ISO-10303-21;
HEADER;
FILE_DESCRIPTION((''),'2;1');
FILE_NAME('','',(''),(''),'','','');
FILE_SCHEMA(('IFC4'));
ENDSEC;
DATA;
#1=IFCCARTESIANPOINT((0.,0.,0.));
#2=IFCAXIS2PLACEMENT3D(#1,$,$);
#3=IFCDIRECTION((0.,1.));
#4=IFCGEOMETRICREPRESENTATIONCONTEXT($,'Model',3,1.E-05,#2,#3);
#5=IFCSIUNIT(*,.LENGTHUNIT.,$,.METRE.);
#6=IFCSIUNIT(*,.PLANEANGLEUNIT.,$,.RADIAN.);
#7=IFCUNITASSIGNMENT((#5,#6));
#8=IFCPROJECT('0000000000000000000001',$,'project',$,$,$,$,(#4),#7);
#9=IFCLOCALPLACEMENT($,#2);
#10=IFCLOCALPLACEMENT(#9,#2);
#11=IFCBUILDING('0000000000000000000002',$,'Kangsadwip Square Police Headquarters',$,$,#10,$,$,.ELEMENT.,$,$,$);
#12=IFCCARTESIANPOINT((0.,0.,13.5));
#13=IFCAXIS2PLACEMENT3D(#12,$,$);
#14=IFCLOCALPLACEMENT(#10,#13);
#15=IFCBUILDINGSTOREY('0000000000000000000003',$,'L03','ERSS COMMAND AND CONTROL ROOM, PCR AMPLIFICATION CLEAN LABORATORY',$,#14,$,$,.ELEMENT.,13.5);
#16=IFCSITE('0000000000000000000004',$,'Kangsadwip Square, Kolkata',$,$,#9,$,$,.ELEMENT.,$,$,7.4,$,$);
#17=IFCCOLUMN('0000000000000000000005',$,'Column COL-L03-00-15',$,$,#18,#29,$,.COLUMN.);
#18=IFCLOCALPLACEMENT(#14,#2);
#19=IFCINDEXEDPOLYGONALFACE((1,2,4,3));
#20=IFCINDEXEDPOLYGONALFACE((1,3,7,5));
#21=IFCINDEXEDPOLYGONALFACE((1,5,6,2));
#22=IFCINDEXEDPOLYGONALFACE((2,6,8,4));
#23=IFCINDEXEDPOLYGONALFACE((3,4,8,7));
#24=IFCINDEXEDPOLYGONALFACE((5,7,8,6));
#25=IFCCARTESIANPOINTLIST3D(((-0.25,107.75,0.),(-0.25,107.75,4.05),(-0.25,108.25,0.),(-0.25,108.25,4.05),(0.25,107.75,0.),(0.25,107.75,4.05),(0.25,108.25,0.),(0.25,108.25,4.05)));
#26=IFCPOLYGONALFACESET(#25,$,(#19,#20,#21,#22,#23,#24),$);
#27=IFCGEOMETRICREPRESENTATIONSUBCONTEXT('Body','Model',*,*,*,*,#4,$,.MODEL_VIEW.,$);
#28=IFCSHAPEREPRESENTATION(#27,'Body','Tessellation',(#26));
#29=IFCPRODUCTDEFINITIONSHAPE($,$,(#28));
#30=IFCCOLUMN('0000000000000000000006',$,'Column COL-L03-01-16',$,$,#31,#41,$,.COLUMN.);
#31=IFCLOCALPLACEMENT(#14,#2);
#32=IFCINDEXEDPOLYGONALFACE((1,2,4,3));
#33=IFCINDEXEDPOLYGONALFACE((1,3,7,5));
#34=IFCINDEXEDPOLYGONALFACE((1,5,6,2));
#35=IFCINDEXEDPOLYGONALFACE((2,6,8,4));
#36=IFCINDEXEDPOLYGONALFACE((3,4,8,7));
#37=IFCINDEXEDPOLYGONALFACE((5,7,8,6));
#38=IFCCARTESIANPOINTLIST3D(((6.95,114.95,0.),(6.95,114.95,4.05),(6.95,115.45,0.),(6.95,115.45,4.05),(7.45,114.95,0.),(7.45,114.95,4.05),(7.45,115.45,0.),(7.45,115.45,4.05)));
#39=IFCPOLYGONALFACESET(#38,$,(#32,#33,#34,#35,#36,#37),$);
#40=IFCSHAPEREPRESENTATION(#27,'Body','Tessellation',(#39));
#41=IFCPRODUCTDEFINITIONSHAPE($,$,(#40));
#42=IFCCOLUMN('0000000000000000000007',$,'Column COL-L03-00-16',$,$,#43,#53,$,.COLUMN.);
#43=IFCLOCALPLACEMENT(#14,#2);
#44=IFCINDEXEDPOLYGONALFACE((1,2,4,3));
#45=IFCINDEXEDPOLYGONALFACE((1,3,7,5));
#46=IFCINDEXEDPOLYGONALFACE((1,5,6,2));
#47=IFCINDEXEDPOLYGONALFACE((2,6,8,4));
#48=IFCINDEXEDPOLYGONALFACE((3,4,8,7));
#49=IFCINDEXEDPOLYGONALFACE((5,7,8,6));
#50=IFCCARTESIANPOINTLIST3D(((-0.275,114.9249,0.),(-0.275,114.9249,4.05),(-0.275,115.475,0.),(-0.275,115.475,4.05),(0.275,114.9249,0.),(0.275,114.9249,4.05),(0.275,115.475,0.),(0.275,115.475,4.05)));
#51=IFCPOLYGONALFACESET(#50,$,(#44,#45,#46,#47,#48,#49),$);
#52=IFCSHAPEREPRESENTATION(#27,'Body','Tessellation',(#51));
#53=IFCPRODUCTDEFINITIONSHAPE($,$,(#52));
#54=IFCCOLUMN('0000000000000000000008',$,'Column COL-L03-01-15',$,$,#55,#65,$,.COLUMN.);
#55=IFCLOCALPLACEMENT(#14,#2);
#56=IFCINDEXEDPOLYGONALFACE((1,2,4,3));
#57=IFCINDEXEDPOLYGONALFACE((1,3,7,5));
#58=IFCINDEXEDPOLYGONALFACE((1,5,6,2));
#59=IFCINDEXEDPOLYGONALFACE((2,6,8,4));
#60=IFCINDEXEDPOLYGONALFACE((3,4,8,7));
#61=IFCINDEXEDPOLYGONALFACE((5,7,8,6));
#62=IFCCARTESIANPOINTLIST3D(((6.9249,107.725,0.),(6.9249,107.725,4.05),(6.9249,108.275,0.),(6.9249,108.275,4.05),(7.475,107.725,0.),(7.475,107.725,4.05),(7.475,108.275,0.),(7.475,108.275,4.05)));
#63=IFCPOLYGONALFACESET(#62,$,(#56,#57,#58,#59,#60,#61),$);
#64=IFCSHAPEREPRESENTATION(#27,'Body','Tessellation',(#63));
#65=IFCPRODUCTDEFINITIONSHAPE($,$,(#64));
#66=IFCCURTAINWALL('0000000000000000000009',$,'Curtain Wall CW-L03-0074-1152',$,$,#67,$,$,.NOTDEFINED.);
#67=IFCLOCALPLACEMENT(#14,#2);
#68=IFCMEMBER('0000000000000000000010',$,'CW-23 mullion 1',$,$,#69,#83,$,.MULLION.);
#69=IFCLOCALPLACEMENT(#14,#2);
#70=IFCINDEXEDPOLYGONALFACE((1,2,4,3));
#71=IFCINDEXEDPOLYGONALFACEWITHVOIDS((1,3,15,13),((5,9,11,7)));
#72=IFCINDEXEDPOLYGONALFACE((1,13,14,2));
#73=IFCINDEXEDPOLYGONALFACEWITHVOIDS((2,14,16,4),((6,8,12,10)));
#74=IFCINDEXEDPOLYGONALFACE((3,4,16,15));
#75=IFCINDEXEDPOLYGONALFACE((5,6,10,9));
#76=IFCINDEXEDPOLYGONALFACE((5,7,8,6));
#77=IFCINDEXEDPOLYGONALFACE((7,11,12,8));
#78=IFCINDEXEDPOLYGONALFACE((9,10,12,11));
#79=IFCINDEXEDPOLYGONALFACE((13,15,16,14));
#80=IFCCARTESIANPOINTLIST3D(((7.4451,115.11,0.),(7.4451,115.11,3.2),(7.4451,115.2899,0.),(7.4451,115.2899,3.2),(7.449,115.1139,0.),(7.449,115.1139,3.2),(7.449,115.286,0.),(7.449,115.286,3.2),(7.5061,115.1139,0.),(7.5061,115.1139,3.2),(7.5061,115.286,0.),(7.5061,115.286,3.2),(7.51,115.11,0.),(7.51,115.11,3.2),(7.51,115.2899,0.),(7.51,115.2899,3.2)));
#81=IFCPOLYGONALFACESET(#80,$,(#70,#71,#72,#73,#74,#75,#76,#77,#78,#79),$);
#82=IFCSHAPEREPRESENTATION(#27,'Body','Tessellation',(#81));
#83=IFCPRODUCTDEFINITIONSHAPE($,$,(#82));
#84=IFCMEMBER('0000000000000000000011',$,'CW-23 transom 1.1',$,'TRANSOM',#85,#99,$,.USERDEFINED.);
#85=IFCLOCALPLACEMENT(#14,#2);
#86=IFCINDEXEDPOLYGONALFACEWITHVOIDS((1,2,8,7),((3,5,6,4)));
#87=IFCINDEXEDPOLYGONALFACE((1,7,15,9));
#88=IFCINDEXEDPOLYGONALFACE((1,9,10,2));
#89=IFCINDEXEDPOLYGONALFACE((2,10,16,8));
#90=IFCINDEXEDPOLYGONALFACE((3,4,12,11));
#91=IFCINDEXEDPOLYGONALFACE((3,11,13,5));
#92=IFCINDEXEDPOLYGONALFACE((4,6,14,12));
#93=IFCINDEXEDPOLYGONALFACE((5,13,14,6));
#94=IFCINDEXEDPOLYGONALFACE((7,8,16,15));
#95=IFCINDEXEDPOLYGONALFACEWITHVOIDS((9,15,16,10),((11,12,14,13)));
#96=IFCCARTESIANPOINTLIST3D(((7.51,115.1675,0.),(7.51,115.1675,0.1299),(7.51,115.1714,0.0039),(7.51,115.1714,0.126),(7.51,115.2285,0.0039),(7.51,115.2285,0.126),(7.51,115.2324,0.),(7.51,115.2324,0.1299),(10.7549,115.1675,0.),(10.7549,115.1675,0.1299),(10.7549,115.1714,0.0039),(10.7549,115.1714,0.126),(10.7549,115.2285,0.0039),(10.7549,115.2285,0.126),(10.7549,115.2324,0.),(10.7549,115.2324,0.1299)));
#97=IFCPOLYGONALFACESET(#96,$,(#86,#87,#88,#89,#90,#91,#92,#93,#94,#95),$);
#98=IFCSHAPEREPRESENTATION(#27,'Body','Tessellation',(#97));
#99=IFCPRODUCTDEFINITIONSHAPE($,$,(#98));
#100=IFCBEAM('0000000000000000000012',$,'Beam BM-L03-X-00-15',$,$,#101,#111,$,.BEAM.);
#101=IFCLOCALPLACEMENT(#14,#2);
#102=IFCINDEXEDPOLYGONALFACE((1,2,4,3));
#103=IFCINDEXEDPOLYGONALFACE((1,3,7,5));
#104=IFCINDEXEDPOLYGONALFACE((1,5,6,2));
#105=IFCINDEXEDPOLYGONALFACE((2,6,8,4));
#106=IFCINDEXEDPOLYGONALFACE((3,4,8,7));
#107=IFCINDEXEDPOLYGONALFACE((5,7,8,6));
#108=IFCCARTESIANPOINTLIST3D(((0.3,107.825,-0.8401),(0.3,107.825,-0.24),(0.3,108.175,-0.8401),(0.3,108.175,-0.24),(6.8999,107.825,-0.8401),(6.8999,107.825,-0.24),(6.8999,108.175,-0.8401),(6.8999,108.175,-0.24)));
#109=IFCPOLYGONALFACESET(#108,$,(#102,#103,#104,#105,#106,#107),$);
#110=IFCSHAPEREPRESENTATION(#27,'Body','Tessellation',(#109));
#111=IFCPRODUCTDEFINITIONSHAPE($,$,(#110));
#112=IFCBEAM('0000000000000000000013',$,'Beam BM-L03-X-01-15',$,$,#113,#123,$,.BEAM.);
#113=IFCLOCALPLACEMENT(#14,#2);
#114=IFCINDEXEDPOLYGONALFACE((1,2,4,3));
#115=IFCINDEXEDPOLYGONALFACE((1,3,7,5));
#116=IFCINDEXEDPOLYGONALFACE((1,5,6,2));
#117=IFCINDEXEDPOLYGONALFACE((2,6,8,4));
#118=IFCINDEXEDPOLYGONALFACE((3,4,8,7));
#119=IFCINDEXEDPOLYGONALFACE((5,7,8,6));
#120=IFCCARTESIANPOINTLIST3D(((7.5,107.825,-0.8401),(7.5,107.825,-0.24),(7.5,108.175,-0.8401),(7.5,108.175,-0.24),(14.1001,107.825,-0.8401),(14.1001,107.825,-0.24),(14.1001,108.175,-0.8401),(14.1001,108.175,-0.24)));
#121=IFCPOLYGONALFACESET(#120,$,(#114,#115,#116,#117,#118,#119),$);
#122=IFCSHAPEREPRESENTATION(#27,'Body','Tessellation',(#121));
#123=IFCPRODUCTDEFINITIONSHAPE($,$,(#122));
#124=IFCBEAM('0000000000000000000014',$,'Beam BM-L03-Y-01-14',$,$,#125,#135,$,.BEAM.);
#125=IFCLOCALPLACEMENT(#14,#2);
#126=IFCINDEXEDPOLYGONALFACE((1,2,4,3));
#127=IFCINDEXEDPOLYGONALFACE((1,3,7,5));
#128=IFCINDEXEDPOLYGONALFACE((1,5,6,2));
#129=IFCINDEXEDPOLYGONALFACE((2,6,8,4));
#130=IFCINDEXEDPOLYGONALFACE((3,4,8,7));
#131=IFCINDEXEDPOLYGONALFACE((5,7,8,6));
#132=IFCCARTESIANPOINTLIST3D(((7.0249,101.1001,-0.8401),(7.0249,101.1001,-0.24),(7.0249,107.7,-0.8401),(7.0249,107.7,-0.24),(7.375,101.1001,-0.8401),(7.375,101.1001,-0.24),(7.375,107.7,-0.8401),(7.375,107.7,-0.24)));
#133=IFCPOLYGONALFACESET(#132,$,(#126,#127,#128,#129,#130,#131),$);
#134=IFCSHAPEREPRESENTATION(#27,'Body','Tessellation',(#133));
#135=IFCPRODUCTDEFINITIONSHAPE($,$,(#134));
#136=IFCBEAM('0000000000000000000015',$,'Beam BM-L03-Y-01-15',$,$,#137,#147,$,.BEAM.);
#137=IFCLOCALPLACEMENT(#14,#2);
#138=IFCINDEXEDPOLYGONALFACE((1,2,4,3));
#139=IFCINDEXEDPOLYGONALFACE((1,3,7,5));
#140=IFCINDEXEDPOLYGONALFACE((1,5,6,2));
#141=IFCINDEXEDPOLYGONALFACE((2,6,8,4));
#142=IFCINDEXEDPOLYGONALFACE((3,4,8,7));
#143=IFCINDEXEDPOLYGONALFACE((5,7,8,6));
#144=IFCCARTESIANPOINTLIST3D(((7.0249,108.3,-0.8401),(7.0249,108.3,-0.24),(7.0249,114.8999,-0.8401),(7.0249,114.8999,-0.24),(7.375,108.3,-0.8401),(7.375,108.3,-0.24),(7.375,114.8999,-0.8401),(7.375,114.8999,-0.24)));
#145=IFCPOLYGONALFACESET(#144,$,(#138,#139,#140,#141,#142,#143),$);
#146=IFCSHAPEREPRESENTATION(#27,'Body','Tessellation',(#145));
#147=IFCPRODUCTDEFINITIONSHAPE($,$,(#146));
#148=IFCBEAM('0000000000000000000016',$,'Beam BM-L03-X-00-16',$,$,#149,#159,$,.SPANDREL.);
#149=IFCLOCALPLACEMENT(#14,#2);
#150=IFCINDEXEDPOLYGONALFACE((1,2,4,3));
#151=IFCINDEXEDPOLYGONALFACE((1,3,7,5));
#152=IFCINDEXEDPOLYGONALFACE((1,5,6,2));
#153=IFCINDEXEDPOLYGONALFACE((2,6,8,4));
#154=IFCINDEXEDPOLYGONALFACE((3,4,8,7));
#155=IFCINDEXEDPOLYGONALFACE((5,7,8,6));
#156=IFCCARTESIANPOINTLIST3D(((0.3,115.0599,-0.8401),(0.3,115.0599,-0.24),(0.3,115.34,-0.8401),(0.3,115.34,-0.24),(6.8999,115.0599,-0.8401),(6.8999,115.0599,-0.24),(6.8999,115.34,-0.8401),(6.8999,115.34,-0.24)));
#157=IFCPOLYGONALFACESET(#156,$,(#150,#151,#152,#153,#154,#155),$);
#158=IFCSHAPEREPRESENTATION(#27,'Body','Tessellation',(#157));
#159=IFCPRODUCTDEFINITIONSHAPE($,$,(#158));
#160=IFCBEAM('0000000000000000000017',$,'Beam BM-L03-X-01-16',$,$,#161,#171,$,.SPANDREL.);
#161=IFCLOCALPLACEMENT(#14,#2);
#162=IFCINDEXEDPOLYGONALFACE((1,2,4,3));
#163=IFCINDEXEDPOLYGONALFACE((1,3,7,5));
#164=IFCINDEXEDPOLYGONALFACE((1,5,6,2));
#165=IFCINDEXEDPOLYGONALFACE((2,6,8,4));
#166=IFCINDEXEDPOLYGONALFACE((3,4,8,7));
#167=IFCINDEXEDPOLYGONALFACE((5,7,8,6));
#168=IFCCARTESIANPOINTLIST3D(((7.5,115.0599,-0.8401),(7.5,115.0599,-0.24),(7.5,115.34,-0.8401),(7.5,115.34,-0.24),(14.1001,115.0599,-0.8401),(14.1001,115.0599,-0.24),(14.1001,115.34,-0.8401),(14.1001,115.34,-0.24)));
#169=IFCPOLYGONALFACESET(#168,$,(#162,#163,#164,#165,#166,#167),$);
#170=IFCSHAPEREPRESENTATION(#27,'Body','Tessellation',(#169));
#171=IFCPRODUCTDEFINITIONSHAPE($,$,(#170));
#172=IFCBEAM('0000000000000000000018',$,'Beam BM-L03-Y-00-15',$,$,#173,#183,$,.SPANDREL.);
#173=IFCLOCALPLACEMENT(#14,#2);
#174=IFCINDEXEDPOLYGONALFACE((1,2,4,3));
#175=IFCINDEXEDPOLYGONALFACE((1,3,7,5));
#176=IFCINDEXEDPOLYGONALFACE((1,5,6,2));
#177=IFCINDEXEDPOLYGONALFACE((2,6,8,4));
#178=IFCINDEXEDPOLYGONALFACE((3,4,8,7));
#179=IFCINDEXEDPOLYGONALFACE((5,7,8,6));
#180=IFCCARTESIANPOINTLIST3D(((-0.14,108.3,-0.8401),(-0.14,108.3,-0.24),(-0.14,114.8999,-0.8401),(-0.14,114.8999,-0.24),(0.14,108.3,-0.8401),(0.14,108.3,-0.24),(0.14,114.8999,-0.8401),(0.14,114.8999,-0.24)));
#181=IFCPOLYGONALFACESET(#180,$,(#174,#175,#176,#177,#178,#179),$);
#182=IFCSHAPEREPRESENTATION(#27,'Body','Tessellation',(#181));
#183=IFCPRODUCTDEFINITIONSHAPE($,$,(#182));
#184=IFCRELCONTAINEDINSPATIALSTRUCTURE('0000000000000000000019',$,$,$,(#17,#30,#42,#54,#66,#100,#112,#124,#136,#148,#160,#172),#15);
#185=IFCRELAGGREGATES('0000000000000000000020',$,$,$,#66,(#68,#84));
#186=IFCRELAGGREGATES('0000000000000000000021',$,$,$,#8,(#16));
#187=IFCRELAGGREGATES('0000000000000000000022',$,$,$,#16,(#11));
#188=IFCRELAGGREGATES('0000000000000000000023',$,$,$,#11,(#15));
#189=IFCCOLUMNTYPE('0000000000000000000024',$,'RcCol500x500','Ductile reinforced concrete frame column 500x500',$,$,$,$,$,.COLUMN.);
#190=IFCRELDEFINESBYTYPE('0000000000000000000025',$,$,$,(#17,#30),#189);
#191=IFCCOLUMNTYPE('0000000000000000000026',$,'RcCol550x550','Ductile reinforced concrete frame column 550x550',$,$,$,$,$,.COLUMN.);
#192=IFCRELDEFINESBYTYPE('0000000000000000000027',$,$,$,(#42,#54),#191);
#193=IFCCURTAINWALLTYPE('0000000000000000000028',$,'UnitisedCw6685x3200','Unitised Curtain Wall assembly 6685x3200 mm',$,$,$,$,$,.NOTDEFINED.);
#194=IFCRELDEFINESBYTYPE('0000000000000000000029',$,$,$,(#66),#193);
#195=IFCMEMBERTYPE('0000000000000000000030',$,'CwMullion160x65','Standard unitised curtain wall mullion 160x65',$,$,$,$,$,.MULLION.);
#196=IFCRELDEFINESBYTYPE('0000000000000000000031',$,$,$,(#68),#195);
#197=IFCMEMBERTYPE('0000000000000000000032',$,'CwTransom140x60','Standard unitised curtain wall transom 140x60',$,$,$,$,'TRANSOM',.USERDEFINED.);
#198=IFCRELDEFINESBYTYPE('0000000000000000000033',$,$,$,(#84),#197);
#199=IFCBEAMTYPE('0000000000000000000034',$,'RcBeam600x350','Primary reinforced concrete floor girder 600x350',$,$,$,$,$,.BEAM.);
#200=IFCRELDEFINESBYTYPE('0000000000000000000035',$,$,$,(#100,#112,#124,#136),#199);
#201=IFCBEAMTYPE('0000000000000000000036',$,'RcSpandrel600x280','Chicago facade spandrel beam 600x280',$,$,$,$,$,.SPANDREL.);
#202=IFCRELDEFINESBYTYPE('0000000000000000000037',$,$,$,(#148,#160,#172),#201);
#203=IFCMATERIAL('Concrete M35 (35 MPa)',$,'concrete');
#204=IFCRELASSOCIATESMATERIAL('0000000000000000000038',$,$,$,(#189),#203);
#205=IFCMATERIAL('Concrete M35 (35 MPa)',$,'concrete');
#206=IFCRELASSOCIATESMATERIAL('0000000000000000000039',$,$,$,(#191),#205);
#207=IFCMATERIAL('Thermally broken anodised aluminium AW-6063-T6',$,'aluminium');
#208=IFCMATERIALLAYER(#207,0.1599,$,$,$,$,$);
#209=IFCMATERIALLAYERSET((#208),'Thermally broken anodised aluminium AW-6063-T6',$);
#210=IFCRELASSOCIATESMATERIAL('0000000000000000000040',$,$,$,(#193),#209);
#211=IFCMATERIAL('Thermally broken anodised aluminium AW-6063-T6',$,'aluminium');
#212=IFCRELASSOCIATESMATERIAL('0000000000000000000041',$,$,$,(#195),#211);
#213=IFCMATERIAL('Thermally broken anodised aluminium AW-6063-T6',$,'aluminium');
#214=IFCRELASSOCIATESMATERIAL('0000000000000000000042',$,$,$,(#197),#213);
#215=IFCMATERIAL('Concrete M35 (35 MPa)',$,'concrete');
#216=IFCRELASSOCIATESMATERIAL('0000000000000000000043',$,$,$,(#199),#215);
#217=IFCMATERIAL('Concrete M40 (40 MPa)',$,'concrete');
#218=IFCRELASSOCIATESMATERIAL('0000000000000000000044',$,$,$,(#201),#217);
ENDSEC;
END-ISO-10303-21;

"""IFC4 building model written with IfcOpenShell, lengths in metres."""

from ifc_helpers import new_model, si_unit, direction, frame, origin, origin_2d, place, context, subcontext, project, spatial, rectangle, hollow_rectangle, extrude, material, layer, layer_set, material_profile, profile_set, type_object, element, aggregate, save


model = new_model("IFC4")

# Units and contexts
model_context = context("Model", 3, precision=1e-05, world=origin(), true_north=direction((0.0, 1.0)))
body_context = subcontext(model_context, "Body", "Model", "MODEL_VIEW")
ifc_project = project(units=[si_unit("LENGTHUNIT", "METRE"), si_unit("PLANEANGLEUNIT", "RADIAN")], contexts=[model_context])

# Site, building, storey
site_placement = place(None, origin())
site = spatial("IfcSite", under=ifc_project, at=site_placement, Name="Kangsadwip Square, Kolkata", CompositionType="ELEMENT", RefElevation=7.4)
building_placement = place(site_placement, origin())
building = spatial("IfcBuilding", under=site, at=building_placement, Name="Kangsadwip Square Police Headquarters", CompositionType="ELEMENT")
storey_placement = place(building_placement, frame((0.0, 0.0, 13.5)))
storey = spatial("IfcBuildingStorey", under=building, at=storey_placement, Name="L03", Description="ERSS COMMAND AND CONTROL ROOM, PCR AMPLIFICATION CLEAN LABORATORY", CompositionType="ELEMENT", Elevation=13.5)

# Columns
ifc_material_1 = material(Name="Concrete M35 (35 MPa)", Category="concrete")
ifc_material_profile_1 = material_profile(ifc_material_1, rectangle(XDim=0.5, YDim=0.5, at=origin_2d()), Name="RC COL 500X500")
ifc_profile_set_1 = profile_set([ifc_material_profile_1], Name="Concrete M35 (35 MPa)")
column_type_1 = type_object("IfcColumnType", Name="RcCol500x500", Description="Ductile reinforced concrete frame column 500x500", PredefinedType="COLUMN", material=ifc_profile_set_1)
for number, where, z_axis, x_axis, name in (
    (1, (0.0, 108.0, 0.0), (0.0, 0.0, 1.0), (1.0, 0.0, 0.0), "Column COL-L03-00-15"),
    (2, (7.2, 115.2, 0.0), (0.0, 0.0, 1.0), (1.0, 0.0, 0.0), "Column COL-L03-01-16"),
):
    element("IfcColumn", number, at=place(storey_placement, frame(where, z_axis=z_axis, x_axis=x_axis)), inside=storey, type_object=column_type_1, Name=name, PredefinedType="COLUMN", context=body_context, shape_type="SweptSolid", body=[
        extrude(rectangle(XDim=0.5, YDim=0.5, at=origin_2d()), origin(), (0.0, 0.0, 1.0), 4.05),
    ])
ifc_material_2 = material(Name="Concrete M35 (35 MPa)", Category="concrete")
ifc_material_profile_2 = material_profile(ifc_material_2, rectangle(XDim=0.55, YDim=0.55, at=origin_2d()), Name="RC COL 550X550")
ifc_profile_set_2 = profile_set([ifc_material_profile_2], Name="Concrete M35 (35 MPa)")
column_type_2 = type_object("IfcColumnType", Name="RcCol550x550", Description="Ductile reinforced concrete frame column 550x550", PredefinedType="COLUMN", material=ifc_profile_set_2)
for number, where, z_axis, x_axis, name in (
    (3, (0.0, 115.2, 0.0), (0.0, 0.0, 1.0), (1.0, 0.0, 0.0), "Column COL-L03-00-16"),
    (4, (7.2, 108.0, 0.0), (0.0, 0.0, 1.0), (1.0, 0.0, 0.0), "Column COL-L03-01-15"),
):
    element("IfcColumn", number, at=place(storey_placement, frame(where, z_axis=z_axis, x_axis=x_axis)), inside=storey, type_object=column_type_2, Name=name, PredefinedType="COLUMN", context=body_context, shape_type="SweptSolid", body=[
        extrude(rectangle(XDim=0.55, YDim=0.55, at=origin_2d()), origin(), (0.0, 0.0, 1.0), 4.05),
    ])

# Curtain wall, members
ifc_material_3 = material(Name="Thermally broken anodised aluminium AW-6063-T6", Category="aluminium")
ifc_layer_1 = layer(ifc_material_3, 0.1599)
ifc_layer_set_1 = layer_set([ifc_layer_1], Name="Thermally broken anodised aluminium AW-6063-T6")
curtain_wall_type = type_object("IfcCurtainWallType", Name="UnitisedCw6685x3200", Description="Unitised Curtain Wall assembly 6685x3200 mm", PredefinedType="NOTDEFINED", material=ifc_layer_set_1)
curtain_wall_placement = place(storey_placement, origin())
curtain_wall = element("IfcCurtainWall", 5, at=curtain_wall_placement, inside=storey, type_object=curtain_wall_type, Name="Curtain Wall CW-L03-0074-1152", PredefinedType="NOTDEFINED")
ifc_material_4 = material(Name="Thermally broken anodised aluminium AW-6063-T6", Category="aluminium")
ifc_material_profile_3 = material_profile(ifc_material_4, hollow_rectangle(XDim=0.0649, YDim=0.1799, WallThickness=0.0039, at=origin_2d()), Name="CWM 180X65X4")
ifc_profile_set_3 = profile_set([ifc_material_profile_3], Name="Thermally broken anodised aluminium AW-6063-T6")
member_type_1 = type_object("IfcMemberType", Name="CwMullion160x65", Description="Standard unitised curtain wall mullion 160x65", PredefinedType="MULLION", material=ifc_profile_set_3)
member_1_placement = place(storey_placement, frame((7.4775, 115.2, 0.0), z_axis=(0.0, 0.0, 1.0), x_axis=(1.0, 0.0, 0.0)))
member_1 = element("IfcMember", 6, at=member_1_placement, type_object=member_type_1, Name="CW-23 mullion 1", PredefinedType="MULLION", context=body_context, shape_type="SweptSolid", body=[
    extrude(hollow_rectangle(XDim=0.0649, YDim=0.1799, WallThickness=0.0039, at=origin_2d()), origin(), (0.0, 0.0, 1.0), 3.2),
])
ifc_material_5 = material(Name="Thermally broken anodised aluminium AW-6063-T6", Category="aluminium")
ifc_material_profile_4 = material_profile(ifc_material_5, hollow_rectangle(XDim=0.0649, YDim=0.1299, WallThickness=0.0039, at=origin_2d()), Name="CWT 130X65X4")
ifc_profile_set_4 = profile_set([ifc_material_profile_4], Name="Thermally broken anodised aluminium AW-6063-T6")
member_type_2 = type_object("IfcMemberType", Name="CwTransom140x60", Description="Standard unitised curtain wall transom 140x60", ElementType="TRANSOM", PredefinedType="USERDEFINED", material=ifc_profile_set_4)
member_2_placement = place(storey_placement, frame((7.51, 115.2, 0.0649), z_axis=(1.0, 0.0, 0.0), x_axis=(0.0, 1.0, 0.0)))
member_2 = element("IfcMember", 7, at=member_2_placement, type_object=member_type_2, Name="CW-23 transom 1.1", ObjectType="TRANSOM", PredefinedType="USERDEFINED", context=body_context, shape_type="SweptSolid", body=[
    extrude(hollow_rectangle(XDim=0.0649, YDim=0.1299, WallThickness=0.0039, at=origin_2d()), origin(), (0.0, 0.0, 1.0), 3.2449),
])
aggregate(curtain_wall, [member_1, member_2])

# Beams
ifc_material_6 = material(Name="Concrete M35 (35 MPa)", Category="concrete")
ifc_material_profile_5 = material_profile(ifc_material_6, rectangle(XDim=0.3501, YDim=0.6001, at=origin_2d()), Name="RC BM 600X350")
ifc_profile_set_5 = profile_set([ifc_material_profile_5], Name="Concrete M35 (35 MPa)")
beam_type_1 = type_object("IfcBeamType", Name="RcBeam600x350", Description="Primary reinforced concrete floor girder 600x350", PredefinedType="BEAM", material=ifc_profile_set_5)
beam_1_placement = place(storey_placement, frame((0.3, 108.0, -0.54), z_axis=(1.0, 0.0, 0.0), x_axis=(0.0, 1.0, 0.0)))
element("IfcBeam", 8, at=beam_1_placement, inside=storey, type_object=beam_type_1, Name="Beam BM-L03-X-00-15", PredefinedType="BEAM", context=body_context, shape_type="SweptSolid", body=[
    extrude(rectangle(XDim=0.3501, YDim=0.6001, at=origin_2d()), origin(), (0.0, 0.0, 1.0), 6.5999),
])
beam_2_placement = place(storey_placement, frame((7.5, 108.0, -0.54), z_axis=(1.0, 0.0, 0.0), x_axis=(0.0, 1.0, 0.0)))
element("IfcBeam", 9, at=beam_2_placement, inside=storey, type_object=beam_type_1, Name="Beam BM-L03-X-01-15", PredefinedType="BEAM", context=body_context, shape_type="SweptSolid", body=[
    extrude(rectangle(XDim=0.3501, YDim=0.6001, at=origin_2d()), origin(), (0.0, 0.0, 1.0), 6.6001),
])
for number, where, z_axis, x_axis, name in (
    (10, (7.2, 101.1001, -0.54), (0.0, 1.0, 0.0), (-1.0, 0.0, 0.0), "Beam BM-L03-Y-01-14"),
    (11, (7.2, 108.3, -0.54), (0.0, 1.0, 0.0), (-1.0, 0.0, 0.0), "Beam BM-L03-Y-01-15"),
):
    element("IfcBeam", number, at=place(storey_placement, frame(where, z_axis=z_axis, x_axis=x_axis)), inside=storey, type_object=beam_type_1, Name=name, PredefinedType="BEAM", context=body_context, shape_type="SweptSolid", body=[
        extrude(rectangle(XDim=0.3501, YDim=0.6001, at=origin_2d()), origin(), (0.0, 0.0, 1.0), 6.5999),
    ])
ifc_material_7 = material(Name="Concrete M40 (40 MPa)", Category="concrete")
ifc_material_profile_6 = material_profile(ifc_material_7, rectangle(XDim=0.28, YDim=0.6001, at=origin_2d()), Name="RC SPN 600X280")
ifc_profile_set_6 = profile_set([ifc_material_profile_6], Name="Concrete M40 (40 MPa)")
beam_type_2 = type_object("IfcBeamType", Name="RcSpandrel600x280", Description="Chicago facade spandrel beam 600x280", PredefinedType="SPANDREL", material=ifc_profile_set_6)
beam_3_placement = place(storey_placement, frame((0.3, 115.2, -0.54), z_axis=(1.0, 0.0, 0.0), x_axis=(0.0, 1.0, 0.0)))
element("IfcBeam", 12, at=beam_3_placement, inside=storey, type_object=beam_type_2, Name="Beam BM-L03-X-00-16", PredefinedType="SPANDREL", context=body_context, shape_type="SweptSolid", body=[
    extrude(rectangle(XDim=0.28, YDim=0.6001, at=origin_2d()), origin(), (0.0, 0.0, 1.0), 6.5999),
])
beam_4_placement = place(storey_placement, frame((7.5, 115.2, -0.54), z_axis=(1.0, 0.0, 0.0), x_axis=(0.0, 1.0, 0.0)))
element("IfcBeam", 13, at=beam_4_placement, inside=storey, type_object=beam_type_2, Name="Beam BM-L03-X-01-16", PredefinedType="SPANDREL", context=body_context, shape_type="SweptSolid", body=[
    extrude(rectangle(XDim=0.28, YDim=0.6001, at=origin_2d()), origin(), (0.0, 0.0, 1.0), 6.6001),
])
beam_5_placement = place(storey_placement, frame((0.0, 108.3, -0.54), z_axis=(0.0, 1.0, 0.0), x_axis=(-1.0, 0.0, 0.0)))
element("IfcBeam", 14, at=beam_5_placement, inside=storey, type_object=beam_type_2, Name="Beam BM-L03-Y-00-15", PredefinedType="SPANDREL", context=body_context, shape_type="SweptSolid", body=[
    extrude(rectangle(XDim=0.28, YDim=0.6001, at=origin_2d()), origin(), (0.0, 0.0, 1.0), 6.5999),
])

save(model, "model.ifc")
